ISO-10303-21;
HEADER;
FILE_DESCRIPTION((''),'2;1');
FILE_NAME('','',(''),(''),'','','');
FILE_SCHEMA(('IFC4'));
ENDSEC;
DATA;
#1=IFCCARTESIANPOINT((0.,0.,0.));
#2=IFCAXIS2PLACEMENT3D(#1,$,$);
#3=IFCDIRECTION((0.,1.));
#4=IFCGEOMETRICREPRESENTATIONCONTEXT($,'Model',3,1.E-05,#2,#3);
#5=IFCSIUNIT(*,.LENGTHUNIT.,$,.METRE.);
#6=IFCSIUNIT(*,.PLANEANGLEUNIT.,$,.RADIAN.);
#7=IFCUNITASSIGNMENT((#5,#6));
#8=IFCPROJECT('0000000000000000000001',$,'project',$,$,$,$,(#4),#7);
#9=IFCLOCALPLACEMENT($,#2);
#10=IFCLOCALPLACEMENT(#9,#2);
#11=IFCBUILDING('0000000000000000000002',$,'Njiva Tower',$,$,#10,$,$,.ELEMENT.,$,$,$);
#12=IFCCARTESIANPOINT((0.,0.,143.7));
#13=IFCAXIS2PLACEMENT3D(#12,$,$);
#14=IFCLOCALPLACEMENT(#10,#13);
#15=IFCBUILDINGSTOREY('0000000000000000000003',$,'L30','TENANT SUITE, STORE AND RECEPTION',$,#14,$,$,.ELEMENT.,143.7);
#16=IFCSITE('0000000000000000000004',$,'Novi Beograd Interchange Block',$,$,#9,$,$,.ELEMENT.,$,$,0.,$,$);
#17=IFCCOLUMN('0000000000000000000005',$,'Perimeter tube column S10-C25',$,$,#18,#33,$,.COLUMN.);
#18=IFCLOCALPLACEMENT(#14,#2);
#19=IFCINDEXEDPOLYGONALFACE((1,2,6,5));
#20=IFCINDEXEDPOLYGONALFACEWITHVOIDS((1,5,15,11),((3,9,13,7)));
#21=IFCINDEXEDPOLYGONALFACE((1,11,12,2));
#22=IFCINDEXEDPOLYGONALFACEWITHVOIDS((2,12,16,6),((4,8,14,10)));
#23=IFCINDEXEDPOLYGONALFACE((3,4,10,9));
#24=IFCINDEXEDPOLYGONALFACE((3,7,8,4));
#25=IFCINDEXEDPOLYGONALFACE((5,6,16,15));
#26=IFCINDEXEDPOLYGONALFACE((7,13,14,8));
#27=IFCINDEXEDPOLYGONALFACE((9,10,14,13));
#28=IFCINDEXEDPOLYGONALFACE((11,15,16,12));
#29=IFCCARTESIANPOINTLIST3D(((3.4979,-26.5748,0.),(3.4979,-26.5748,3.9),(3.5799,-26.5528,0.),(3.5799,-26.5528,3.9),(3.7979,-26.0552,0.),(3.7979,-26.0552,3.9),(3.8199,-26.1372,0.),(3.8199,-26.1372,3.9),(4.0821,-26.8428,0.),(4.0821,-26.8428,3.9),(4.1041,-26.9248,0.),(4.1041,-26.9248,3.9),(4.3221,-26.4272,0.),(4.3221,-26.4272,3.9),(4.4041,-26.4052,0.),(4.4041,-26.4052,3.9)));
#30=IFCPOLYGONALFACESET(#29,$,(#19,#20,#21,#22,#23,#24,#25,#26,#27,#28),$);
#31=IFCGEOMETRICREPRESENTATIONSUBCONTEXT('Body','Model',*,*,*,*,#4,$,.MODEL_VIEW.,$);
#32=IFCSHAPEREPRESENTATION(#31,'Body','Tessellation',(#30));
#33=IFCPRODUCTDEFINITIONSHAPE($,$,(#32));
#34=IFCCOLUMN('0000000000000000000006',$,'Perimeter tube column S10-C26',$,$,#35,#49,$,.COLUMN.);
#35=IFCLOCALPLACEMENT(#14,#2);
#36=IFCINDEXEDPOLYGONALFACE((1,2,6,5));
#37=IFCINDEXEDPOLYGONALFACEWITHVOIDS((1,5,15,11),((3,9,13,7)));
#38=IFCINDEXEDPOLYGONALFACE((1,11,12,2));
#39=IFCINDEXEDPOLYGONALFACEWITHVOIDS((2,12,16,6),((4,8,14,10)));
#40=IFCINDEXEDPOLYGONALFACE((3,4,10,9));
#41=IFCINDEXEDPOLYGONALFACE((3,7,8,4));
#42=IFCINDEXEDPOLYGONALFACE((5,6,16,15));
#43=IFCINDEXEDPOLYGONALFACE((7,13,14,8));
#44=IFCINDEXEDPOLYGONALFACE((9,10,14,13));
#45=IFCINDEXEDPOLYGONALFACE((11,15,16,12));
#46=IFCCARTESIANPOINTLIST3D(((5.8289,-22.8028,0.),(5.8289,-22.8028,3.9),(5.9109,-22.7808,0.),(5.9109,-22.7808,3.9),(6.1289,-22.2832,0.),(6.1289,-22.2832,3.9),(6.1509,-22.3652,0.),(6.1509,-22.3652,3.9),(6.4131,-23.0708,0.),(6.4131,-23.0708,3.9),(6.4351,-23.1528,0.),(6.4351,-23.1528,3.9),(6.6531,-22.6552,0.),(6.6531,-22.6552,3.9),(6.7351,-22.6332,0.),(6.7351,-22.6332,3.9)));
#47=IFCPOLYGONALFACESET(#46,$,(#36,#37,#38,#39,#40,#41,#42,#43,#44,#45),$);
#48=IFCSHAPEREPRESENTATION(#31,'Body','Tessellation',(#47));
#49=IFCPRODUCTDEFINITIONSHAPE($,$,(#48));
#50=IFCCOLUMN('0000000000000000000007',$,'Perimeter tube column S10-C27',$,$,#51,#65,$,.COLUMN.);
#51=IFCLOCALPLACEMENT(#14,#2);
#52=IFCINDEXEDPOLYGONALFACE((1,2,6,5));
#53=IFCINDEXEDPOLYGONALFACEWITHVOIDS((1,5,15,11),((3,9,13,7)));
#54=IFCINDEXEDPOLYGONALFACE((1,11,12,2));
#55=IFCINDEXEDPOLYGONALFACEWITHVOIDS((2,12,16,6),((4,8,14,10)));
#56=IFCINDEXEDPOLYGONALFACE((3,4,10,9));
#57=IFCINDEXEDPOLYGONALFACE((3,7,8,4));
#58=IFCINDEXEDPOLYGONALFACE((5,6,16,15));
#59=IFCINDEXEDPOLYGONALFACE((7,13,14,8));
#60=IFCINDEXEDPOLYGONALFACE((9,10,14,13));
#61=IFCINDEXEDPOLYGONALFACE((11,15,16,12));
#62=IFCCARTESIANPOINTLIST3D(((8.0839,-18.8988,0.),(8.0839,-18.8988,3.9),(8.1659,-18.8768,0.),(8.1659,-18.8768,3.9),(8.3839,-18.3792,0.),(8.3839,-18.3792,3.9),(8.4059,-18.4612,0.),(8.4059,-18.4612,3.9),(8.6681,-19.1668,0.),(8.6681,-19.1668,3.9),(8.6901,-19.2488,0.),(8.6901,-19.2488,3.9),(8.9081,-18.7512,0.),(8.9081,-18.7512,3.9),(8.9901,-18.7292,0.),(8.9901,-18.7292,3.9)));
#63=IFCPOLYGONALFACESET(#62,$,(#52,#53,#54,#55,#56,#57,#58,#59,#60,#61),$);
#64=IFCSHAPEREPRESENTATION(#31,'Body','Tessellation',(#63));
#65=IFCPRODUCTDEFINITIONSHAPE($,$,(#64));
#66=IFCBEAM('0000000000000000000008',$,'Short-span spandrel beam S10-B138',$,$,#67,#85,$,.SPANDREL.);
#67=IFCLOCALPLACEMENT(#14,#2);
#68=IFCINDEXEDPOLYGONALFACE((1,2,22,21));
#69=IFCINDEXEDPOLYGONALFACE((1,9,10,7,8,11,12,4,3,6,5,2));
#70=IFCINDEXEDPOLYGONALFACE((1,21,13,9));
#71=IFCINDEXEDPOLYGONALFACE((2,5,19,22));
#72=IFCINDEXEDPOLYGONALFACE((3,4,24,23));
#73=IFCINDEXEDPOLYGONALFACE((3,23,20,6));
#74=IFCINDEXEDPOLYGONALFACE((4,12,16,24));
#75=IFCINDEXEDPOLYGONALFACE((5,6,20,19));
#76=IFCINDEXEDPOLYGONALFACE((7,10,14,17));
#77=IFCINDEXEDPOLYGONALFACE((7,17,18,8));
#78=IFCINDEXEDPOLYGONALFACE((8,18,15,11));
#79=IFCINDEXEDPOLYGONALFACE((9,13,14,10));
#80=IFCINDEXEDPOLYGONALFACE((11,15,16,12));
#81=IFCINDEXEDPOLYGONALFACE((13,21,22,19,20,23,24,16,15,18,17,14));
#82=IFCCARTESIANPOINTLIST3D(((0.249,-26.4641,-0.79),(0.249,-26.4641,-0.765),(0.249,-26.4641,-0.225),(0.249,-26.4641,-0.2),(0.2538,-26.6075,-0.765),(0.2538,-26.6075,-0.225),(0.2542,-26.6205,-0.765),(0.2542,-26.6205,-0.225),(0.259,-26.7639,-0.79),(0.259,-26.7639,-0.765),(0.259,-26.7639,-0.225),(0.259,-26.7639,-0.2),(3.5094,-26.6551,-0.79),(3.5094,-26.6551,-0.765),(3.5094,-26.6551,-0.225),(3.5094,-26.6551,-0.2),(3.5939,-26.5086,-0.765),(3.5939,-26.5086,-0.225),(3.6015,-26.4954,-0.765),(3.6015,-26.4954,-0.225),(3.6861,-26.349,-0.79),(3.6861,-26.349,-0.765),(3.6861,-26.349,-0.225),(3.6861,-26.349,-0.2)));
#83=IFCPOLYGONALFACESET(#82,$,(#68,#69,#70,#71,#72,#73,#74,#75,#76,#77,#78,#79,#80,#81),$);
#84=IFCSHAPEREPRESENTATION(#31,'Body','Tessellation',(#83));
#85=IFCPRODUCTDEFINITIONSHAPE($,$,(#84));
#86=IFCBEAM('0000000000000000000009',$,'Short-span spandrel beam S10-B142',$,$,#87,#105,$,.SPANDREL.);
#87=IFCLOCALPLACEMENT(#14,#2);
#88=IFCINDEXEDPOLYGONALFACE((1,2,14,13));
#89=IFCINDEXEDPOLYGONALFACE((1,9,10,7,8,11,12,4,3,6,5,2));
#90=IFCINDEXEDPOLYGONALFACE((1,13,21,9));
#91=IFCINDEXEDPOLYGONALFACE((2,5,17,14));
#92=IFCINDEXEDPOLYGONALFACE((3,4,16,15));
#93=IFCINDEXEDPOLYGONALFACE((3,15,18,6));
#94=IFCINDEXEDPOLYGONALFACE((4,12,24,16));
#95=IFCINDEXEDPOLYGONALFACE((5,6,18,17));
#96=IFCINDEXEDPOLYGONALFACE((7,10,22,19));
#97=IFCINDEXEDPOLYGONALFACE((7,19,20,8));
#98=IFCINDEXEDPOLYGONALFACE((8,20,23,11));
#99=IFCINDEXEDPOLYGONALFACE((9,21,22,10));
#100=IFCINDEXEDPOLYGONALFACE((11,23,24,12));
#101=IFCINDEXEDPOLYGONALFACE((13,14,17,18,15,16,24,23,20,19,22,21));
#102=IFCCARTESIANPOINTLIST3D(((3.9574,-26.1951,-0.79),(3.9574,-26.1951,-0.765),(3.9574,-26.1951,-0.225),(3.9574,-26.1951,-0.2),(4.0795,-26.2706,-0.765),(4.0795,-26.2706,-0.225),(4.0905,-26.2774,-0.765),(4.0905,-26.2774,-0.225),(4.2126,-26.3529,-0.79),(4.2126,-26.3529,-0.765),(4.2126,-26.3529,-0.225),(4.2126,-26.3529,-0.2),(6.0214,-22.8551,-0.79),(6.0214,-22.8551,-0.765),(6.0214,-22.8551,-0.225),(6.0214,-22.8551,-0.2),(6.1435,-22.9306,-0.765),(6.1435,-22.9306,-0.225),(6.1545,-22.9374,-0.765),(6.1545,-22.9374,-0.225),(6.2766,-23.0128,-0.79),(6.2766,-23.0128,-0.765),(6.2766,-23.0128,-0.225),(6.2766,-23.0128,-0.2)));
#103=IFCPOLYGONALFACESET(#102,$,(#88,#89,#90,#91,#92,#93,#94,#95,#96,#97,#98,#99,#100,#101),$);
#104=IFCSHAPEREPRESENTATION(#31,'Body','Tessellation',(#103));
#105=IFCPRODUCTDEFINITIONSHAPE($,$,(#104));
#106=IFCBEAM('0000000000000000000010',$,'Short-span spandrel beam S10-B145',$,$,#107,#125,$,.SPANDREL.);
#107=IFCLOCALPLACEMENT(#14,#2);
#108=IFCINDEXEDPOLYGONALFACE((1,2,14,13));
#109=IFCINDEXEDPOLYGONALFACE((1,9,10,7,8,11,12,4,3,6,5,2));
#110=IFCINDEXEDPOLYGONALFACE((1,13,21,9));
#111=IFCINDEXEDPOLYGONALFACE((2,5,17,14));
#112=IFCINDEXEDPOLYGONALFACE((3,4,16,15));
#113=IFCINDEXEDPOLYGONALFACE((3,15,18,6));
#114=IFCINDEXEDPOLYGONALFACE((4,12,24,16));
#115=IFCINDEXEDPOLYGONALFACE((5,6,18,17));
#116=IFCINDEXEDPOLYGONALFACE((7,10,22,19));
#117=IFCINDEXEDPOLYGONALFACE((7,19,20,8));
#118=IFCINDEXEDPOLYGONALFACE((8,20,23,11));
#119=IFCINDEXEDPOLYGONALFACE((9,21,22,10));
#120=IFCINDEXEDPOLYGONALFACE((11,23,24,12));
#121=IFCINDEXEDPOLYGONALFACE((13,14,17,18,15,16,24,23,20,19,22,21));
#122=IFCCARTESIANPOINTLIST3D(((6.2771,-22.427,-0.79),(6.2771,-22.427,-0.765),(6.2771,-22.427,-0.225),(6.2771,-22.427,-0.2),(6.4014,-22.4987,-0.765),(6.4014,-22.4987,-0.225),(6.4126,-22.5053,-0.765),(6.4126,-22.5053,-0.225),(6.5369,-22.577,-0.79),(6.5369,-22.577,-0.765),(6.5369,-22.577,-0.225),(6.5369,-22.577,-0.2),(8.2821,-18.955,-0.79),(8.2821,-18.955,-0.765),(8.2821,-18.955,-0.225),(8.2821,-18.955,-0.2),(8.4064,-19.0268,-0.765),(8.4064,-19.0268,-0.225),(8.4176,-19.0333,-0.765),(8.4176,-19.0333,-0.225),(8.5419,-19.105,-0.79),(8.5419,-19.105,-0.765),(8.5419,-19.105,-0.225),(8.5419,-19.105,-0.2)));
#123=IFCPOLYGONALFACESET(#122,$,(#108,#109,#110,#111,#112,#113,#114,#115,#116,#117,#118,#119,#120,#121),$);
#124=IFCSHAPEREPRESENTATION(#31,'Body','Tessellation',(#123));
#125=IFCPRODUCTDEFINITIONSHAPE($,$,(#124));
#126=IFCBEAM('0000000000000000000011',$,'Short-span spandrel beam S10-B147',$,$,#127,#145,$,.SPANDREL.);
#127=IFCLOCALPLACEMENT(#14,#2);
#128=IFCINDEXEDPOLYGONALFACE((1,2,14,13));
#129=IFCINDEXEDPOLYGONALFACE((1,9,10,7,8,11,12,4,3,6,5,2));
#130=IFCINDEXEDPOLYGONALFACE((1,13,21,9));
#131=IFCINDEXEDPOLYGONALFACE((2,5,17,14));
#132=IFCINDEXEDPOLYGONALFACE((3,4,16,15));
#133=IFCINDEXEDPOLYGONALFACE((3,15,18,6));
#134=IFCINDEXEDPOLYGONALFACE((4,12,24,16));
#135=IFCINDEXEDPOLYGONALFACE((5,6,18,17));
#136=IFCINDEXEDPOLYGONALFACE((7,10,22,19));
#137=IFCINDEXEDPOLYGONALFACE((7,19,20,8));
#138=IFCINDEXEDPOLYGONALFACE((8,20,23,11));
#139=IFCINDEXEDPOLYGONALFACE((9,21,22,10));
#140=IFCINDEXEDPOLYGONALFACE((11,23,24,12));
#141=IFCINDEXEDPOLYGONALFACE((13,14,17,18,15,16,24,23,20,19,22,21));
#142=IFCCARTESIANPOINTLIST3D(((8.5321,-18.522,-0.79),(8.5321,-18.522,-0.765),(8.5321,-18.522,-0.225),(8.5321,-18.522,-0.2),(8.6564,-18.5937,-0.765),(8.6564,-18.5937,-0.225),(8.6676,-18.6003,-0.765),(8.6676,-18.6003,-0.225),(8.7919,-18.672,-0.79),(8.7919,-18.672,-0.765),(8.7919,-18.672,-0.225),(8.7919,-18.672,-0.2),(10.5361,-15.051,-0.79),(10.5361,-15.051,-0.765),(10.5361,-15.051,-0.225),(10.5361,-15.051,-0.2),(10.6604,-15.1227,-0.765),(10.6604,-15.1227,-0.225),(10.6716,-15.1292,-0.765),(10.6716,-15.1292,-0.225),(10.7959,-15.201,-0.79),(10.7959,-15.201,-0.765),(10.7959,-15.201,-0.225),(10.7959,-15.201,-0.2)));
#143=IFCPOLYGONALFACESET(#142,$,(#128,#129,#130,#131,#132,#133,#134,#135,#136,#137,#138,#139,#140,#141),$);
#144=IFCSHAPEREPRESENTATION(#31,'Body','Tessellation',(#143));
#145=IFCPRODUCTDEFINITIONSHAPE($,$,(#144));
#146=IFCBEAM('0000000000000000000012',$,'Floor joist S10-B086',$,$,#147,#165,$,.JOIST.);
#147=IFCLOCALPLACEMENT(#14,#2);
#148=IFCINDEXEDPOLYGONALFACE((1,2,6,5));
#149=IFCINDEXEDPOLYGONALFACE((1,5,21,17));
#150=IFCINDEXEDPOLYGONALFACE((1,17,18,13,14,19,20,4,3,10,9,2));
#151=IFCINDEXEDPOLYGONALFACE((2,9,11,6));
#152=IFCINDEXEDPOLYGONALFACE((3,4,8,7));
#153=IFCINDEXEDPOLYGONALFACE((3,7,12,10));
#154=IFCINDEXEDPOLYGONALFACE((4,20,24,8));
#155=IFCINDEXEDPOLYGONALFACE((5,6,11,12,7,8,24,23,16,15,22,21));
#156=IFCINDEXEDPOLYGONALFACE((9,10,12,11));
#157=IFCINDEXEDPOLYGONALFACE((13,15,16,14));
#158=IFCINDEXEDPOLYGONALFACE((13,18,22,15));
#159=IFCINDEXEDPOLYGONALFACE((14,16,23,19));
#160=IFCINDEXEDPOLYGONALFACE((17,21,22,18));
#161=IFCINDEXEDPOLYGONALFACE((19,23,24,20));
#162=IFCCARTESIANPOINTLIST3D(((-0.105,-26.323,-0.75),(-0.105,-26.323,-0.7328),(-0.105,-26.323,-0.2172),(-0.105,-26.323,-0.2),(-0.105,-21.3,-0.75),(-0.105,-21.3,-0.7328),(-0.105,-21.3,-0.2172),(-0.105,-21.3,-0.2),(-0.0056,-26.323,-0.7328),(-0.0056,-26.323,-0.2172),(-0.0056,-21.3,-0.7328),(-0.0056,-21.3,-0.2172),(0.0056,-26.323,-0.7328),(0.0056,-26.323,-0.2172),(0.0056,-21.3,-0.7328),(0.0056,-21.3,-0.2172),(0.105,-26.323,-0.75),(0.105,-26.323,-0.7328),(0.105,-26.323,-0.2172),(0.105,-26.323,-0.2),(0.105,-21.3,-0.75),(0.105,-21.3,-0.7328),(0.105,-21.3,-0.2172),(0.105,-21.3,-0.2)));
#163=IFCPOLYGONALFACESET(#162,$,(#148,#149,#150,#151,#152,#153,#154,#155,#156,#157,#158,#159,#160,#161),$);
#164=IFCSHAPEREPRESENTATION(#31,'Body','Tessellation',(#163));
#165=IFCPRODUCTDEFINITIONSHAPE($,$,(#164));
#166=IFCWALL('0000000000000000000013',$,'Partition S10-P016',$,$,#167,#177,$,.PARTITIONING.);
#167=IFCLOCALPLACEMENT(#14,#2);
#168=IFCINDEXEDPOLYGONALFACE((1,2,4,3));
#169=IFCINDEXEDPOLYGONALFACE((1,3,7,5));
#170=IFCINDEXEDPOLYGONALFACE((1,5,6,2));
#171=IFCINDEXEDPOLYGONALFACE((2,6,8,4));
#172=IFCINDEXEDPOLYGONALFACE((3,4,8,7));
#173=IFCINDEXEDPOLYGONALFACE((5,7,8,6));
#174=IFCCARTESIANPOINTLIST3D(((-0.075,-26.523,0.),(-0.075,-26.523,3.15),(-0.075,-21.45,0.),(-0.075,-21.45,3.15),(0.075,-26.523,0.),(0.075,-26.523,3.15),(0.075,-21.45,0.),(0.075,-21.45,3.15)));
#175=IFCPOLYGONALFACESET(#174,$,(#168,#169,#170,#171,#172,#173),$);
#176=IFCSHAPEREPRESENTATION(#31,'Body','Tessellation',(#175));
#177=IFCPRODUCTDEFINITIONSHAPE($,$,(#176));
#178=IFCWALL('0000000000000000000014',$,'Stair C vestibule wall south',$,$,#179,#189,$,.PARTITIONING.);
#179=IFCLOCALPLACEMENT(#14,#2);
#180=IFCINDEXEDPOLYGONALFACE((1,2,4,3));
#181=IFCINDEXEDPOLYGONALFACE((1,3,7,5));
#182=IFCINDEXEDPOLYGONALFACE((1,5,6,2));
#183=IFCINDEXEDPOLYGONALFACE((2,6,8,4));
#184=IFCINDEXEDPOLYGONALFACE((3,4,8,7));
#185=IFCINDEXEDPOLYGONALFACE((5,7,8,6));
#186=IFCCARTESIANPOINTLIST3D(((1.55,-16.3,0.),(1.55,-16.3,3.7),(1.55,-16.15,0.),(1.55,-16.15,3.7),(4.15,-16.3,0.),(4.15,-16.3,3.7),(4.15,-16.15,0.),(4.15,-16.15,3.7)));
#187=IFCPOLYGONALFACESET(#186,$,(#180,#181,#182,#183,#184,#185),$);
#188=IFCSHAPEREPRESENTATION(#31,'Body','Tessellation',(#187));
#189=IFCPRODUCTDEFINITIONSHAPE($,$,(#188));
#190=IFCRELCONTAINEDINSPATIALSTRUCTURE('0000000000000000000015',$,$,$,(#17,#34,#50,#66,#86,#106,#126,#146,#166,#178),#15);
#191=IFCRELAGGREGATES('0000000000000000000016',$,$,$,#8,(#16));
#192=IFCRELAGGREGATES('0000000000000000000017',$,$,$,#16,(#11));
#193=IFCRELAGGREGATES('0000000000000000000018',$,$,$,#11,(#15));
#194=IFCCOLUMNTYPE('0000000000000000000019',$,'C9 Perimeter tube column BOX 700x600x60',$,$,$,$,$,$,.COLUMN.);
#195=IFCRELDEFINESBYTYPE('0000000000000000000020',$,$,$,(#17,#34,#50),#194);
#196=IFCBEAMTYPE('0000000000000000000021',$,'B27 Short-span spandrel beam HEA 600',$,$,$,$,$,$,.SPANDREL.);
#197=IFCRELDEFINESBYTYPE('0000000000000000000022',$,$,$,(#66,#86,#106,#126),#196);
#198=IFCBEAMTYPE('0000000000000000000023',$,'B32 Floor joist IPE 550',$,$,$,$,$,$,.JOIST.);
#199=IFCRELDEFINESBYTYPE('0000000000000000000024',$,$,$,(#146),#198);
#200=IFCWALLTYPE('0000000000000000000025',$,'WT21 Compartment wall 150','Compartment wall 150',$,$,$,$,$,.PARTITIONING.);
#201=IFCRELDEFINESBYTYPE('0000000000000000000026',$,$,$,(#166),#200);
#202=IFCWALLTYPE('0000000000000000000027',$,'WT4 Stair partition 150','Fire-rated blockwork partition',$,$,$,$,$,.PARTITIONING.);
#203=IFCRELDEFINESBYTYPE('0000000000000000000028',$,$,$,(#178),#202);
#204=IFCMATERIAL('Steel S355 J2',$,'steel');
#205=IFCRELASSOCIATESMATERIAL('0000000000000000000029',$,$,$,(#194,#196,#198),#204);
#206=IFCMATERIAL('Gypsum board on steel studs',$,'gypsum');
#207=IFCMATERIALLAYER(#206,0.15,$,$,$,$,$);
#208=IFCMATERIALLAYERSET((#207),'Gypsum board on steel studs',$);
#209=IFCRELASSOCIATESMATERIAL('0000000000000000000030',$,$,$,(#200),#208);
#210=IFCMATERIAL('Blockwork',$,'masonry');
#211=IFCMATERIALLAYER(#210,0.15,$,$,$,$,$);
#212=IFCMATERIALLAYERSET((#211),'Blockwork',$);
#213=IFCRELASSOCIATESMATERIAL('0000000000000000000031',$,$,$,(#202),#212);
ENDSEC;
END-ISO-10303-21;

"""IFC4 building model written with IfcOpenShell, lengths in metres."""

from ifc_helpers import new_model, si_unit, direction, frame, frame_2d, origin, origin_2d, place, context, subcontext, project, spatial, rectangle, hollow_rectangle, i_section, extrude, clip, halfspace, material, layer, layer_set, material_profile, profile_set, type_object, element, save


model = new_model("IFC4")

# Units and contexts
model_context = context("Model", 3, precision=1e-05, world=origin(), true_north=direction((0.0, 1.0)))
body_context = subcontext(model_context, "Body", "Model", "MODEL_VIEW")
ifc_project = project(units=[si_unit("LENGTHUNIT", "METRE"), si_unit("PLANEANGLEUNIT", "RADIAN")], contexts=[model_context])

# Site, building, storey
site_placement = place(None, origin())
site = spatial("IfcSite", under=ifc_project, at=site_placement, Name="Novi Beograd Interchange Block", CompositionType="ELEMENT", RefElevation=0.0)
building_placement = place(site_placement, origin())
building = spatial("IfcBuilding", under=site, at=building_placement, Name="Njiva Tower", CompositionType="ELEMENT")
storey_placement = place(building_placement, frame((0.0, 0.0, 143.7)))
storey = spatial("IfcBuildingStorey", under=building, at=storey_placement, Name="L30", Description="TENANT SUITE, STORE AND RECEPTION", CompositionType="ELEMENT", Elevation=143.7)

# Columns
ifc_material_1 = material(Name="Steel S355 J2", Category="steel")
ifc_material_profile_1 = material_profile(ifc_material_1, hollow_rectangle(XDim=0.6, YDim=0.7, WallThickness=0.06, at=origin_2d()), Name="BOX 700x600x60")
ifc_profile_set_1 = profile_set([ifc_material_profile_1], Name="Steel S355 J2")
column_type = type_object("IfcColumnType", Name="C9 Perimeter tube column BOX 700x600x60", PredefinedType="COLUMN", material=ifc_profile_set_1)
for number, where, z_axis, x_axis, name in (
    (1, (3.951, -26.49, 0.0), (0.0, 0.0, 1.0), (0.5, 0.866025, 0.0), "Perimeter tube column S10-C25"),
    (2, (6.282, -22.718, 0.0), (0.0, 0.0, 1.0), (0.5, 0.866025, 0.0), "Perimeter tube column S10-C26"),
    (3, (8.537, -18.814, 0.0), (0.0, 0.0, 1.0), (0.5, 0.866025, 0.0), "Perimeter tube column S10-C27"),
):
    element("IfcColumn", number, at=place(storey_placement, frame(where, z_axis=z_axis, x_axis=x_axis)), inside=storey, type_object=column_type, Name=name, PredefinedType="COLUMN", context=body_context, shape_type="SweptSolid", body=[
        extrude(hollow_rectangle(XDim=0.6, YDim=0.7, WallThickness=0.06, at=origin_2d()), origin(), (0.0, 0.0, 1.0), 3.9),
    ])

# Beams
ifc_material_profile_2 = material_profile(ifc_material_1, i_section(OverallWidth=0.3, OverallDepth=0.59, WebThickness=0.013, FlangeThickness=0.025, at=origin_2d()), Name="HEA 600")
ifc_profile_set_2 = profile_set([ifc_material_profile_2], Name="Steel S355 J2")
beam_type_1 = type_object("IfcBeamType", Name="B27 Short-span spandrel beam HEA 600", PredefinedType="SPANDREL", material=ifc_profile_set_2)
beam_1_placement = place(storey_placement, frame((0.254, -26.614, -0.495), z_axis=(0.99944, 0.033474, 0.0), x_axis=(-0.033474, 0.99944, 0.0)))
element("IfcBeam", 4, at=beam_1_placement, inside=storey, type_object=beam_type_1, Name="Short-span spandrel beam S10-B138", PredefinedType="SPANDREL", context=body_context, shape_type="Clipping", body=[
    clip(extrude(i_section(OverallWidth=0.3, OverallDepth=0.59, WebThickness=0.013, FlangeThickness=0.025, at=origin_2d()), origin(), (0.0, 0.0, 1.0), 3.4589), halfspace(frame((-0.026, 0.0, 3.3294), z_axis=(-0.528707, 0.0, 0.848804), x_axis=(0.0, 1.0, 0.0)), False)),
])
beam_2_placement = place(storey_placement, frame((4.085, -26.274, -0.495), z_axis=(0.525688, 0.850677, 0.0), x_axis=(-0.850677, 0.525688, 0.0)))
element("IfcBeam", 5, at=beam_2_placement, inside=storey, type_object=beam_type_1, Name="Short-span spandrel beam S10-B142", PredefinedType="SPANDREL", context=body_context, shape_type="SweptSolid", body=[
    extrude(i_section(OverallWidth=0.3, OverallDepth=0.59, WebThickness=0.013, FlangeThickness=0.025, at=origin_2d()), origin(), (0.0, 0.0, 1.0), 3.9263),
])
beam_3_placement = place(storey_placement, frame((6.407, -22.502, -0.495), z_axis=(0.500082, 0.865978, 0.0), x_axis=(-0.865978, 0.500082, 0.0)))
element("IfcBeam", 6, at=beam_3_placement, inside=storey, type_object=beam_type_1, Name="Short-span spandrel beam S10-B145", PredefinedType="SPANDREL", context=body_context, shape_type="SweptSolid", body=[
    extrude(i_section(OverallWidth=0.3, OverallDepth=0.59, WebThickness=0.013, FlangeThickness=0.025, at=origin_2d()), origin(), (0.0, 0.0, 1.0), 4.0093),
])
beam_4_placement = place(storey_placement, frame((8.662, -18.597, -0.495), z_axis=(0.500003, 0.866024, 0.0), x_axis=(-0.866024, 0.500003, 0.0)))
element("IfcBeam", 7, at=beam_4_placement, inside=storey, type_object=beam_type_1, Name="Short-span spandrel beam S10-B147", PredefinedType="SPANDREL", context=body_context, shape_type="SweptSolid", body=[
    extrude(i_section(OverallWidth=0.3, OverallDepth=0.59, WebThickness=0.013, FlangeThickness=0.025, at=origin_2d()), origin(), (0.0, 0.0, 1.0), 4.008),
])
ifc_material_profile_3 = material_profile(ifc_material_1, i_section(OverallWidth=0.21, OverallDepth=0.55, WebThickness=0.0111, FlangeThickness=0.0172, at=origin_2d()), Name="IPE 550")
ifc_profile_set_3 = profile_set([ifc_material_profile_3], Name="Steel S355 J2")
beam_type_2 = type_object("IfcBeamType", Name="B32 Floor joist IPE 550", PredefinedType="JOIST", material=ifc_profile_set_3)
beam_5_placement = place(storey_placement, frame((0.0, -21.3, -0.475), z_axis=(0.0, -1.0, 0.0), x_axis=(1.0, 0.0, 0.0)))
element("IfcBeam", 8, at=beam_5_placement, inside=storey, type_object=beam_type_2, Name="Floor joist S10-B086", PredefinedType="JOIST", context=body_context, shape_type="SweptSolid", body=[
    extrude(i_section(OverallWidth=0.21, OverallDepth=0.55, WebThickness=0.0111, FlangeThickness=0.0172, at=origin_2d()), origin(), (0.0, 0.0, 1.0), 5.023),
])

# Walls
ifc_material_2 = material(Name="Gypsum board on steel studs", Category="gypsum")
ifc_layer_1 = layer(ifc_material_2, 0.15)
ifc_layer_set_1 = layer_set([ifc_layer_1], Name="Gypsum board on steel studs")
wall_type_1 = type_object("IfcWallType", Name="WT21 Compartment wall 150", Description="Compartment wall 150", PredefinedType="PARTITIONING", material=ifc_layer_set_1)
wall_1_placement = place(storey_placement, frame((0.0, -26.523, 0.0), z_axis=(0.0, 0.0, 1.0), x_axis=(0.0, 1.0, 0.0)))
element("IfcWall", 9, at=wall_1_placement, inside=storey, type_object=wall_type_1, Name="Partition S10-P016", PredefinedType="PARTITIONING", context=body_context, shape_type="SweptSolid", body=[
    extrude(rectangle(XDim=5.073, YDim=0.15, at=frame_2d((2.5365, 0.0))), origin(), (0.0, 0.0, 1.0), 3.15),
])
ifc_material_3 = material(Name="Blockwork", Category="masonry")
ifc_layer_2 = layer(ifc_material_3, 0.15)
ifc_layer_set_2 = layer_set([ifc_layer_2], Name="Blockwork")
wall_type_2 = type_object("IfcWallType", Name="WT4 Stair partition 150", Description="Fire-rated blockwork partition", PredefinedType="PARTITIONING", material=ifc_layer_set_2)
wall_2_placement = place(storey_placement, frame((1.55, -16.225, 0.0), z_axis=(0.0, 0.0, 1.0), x_axis=(1.0, 0.0, 0.0)))
element("IfcWall", 10, at=wall_2_placement, inside=storey, type_object=wall_type_2, Name="Stair C vestibule wall south", PredefinedType="PARTITIONING", context=body_context, shape_type="SweptSolid", body=[
    extrude(rectangle(XDim=2.6, YDim=0.15, at=frame_2d((1.3, 0.0))), origin(), (0.0, 0.0, 1.0), 3.7),
])

save(model, "model.ifc")
